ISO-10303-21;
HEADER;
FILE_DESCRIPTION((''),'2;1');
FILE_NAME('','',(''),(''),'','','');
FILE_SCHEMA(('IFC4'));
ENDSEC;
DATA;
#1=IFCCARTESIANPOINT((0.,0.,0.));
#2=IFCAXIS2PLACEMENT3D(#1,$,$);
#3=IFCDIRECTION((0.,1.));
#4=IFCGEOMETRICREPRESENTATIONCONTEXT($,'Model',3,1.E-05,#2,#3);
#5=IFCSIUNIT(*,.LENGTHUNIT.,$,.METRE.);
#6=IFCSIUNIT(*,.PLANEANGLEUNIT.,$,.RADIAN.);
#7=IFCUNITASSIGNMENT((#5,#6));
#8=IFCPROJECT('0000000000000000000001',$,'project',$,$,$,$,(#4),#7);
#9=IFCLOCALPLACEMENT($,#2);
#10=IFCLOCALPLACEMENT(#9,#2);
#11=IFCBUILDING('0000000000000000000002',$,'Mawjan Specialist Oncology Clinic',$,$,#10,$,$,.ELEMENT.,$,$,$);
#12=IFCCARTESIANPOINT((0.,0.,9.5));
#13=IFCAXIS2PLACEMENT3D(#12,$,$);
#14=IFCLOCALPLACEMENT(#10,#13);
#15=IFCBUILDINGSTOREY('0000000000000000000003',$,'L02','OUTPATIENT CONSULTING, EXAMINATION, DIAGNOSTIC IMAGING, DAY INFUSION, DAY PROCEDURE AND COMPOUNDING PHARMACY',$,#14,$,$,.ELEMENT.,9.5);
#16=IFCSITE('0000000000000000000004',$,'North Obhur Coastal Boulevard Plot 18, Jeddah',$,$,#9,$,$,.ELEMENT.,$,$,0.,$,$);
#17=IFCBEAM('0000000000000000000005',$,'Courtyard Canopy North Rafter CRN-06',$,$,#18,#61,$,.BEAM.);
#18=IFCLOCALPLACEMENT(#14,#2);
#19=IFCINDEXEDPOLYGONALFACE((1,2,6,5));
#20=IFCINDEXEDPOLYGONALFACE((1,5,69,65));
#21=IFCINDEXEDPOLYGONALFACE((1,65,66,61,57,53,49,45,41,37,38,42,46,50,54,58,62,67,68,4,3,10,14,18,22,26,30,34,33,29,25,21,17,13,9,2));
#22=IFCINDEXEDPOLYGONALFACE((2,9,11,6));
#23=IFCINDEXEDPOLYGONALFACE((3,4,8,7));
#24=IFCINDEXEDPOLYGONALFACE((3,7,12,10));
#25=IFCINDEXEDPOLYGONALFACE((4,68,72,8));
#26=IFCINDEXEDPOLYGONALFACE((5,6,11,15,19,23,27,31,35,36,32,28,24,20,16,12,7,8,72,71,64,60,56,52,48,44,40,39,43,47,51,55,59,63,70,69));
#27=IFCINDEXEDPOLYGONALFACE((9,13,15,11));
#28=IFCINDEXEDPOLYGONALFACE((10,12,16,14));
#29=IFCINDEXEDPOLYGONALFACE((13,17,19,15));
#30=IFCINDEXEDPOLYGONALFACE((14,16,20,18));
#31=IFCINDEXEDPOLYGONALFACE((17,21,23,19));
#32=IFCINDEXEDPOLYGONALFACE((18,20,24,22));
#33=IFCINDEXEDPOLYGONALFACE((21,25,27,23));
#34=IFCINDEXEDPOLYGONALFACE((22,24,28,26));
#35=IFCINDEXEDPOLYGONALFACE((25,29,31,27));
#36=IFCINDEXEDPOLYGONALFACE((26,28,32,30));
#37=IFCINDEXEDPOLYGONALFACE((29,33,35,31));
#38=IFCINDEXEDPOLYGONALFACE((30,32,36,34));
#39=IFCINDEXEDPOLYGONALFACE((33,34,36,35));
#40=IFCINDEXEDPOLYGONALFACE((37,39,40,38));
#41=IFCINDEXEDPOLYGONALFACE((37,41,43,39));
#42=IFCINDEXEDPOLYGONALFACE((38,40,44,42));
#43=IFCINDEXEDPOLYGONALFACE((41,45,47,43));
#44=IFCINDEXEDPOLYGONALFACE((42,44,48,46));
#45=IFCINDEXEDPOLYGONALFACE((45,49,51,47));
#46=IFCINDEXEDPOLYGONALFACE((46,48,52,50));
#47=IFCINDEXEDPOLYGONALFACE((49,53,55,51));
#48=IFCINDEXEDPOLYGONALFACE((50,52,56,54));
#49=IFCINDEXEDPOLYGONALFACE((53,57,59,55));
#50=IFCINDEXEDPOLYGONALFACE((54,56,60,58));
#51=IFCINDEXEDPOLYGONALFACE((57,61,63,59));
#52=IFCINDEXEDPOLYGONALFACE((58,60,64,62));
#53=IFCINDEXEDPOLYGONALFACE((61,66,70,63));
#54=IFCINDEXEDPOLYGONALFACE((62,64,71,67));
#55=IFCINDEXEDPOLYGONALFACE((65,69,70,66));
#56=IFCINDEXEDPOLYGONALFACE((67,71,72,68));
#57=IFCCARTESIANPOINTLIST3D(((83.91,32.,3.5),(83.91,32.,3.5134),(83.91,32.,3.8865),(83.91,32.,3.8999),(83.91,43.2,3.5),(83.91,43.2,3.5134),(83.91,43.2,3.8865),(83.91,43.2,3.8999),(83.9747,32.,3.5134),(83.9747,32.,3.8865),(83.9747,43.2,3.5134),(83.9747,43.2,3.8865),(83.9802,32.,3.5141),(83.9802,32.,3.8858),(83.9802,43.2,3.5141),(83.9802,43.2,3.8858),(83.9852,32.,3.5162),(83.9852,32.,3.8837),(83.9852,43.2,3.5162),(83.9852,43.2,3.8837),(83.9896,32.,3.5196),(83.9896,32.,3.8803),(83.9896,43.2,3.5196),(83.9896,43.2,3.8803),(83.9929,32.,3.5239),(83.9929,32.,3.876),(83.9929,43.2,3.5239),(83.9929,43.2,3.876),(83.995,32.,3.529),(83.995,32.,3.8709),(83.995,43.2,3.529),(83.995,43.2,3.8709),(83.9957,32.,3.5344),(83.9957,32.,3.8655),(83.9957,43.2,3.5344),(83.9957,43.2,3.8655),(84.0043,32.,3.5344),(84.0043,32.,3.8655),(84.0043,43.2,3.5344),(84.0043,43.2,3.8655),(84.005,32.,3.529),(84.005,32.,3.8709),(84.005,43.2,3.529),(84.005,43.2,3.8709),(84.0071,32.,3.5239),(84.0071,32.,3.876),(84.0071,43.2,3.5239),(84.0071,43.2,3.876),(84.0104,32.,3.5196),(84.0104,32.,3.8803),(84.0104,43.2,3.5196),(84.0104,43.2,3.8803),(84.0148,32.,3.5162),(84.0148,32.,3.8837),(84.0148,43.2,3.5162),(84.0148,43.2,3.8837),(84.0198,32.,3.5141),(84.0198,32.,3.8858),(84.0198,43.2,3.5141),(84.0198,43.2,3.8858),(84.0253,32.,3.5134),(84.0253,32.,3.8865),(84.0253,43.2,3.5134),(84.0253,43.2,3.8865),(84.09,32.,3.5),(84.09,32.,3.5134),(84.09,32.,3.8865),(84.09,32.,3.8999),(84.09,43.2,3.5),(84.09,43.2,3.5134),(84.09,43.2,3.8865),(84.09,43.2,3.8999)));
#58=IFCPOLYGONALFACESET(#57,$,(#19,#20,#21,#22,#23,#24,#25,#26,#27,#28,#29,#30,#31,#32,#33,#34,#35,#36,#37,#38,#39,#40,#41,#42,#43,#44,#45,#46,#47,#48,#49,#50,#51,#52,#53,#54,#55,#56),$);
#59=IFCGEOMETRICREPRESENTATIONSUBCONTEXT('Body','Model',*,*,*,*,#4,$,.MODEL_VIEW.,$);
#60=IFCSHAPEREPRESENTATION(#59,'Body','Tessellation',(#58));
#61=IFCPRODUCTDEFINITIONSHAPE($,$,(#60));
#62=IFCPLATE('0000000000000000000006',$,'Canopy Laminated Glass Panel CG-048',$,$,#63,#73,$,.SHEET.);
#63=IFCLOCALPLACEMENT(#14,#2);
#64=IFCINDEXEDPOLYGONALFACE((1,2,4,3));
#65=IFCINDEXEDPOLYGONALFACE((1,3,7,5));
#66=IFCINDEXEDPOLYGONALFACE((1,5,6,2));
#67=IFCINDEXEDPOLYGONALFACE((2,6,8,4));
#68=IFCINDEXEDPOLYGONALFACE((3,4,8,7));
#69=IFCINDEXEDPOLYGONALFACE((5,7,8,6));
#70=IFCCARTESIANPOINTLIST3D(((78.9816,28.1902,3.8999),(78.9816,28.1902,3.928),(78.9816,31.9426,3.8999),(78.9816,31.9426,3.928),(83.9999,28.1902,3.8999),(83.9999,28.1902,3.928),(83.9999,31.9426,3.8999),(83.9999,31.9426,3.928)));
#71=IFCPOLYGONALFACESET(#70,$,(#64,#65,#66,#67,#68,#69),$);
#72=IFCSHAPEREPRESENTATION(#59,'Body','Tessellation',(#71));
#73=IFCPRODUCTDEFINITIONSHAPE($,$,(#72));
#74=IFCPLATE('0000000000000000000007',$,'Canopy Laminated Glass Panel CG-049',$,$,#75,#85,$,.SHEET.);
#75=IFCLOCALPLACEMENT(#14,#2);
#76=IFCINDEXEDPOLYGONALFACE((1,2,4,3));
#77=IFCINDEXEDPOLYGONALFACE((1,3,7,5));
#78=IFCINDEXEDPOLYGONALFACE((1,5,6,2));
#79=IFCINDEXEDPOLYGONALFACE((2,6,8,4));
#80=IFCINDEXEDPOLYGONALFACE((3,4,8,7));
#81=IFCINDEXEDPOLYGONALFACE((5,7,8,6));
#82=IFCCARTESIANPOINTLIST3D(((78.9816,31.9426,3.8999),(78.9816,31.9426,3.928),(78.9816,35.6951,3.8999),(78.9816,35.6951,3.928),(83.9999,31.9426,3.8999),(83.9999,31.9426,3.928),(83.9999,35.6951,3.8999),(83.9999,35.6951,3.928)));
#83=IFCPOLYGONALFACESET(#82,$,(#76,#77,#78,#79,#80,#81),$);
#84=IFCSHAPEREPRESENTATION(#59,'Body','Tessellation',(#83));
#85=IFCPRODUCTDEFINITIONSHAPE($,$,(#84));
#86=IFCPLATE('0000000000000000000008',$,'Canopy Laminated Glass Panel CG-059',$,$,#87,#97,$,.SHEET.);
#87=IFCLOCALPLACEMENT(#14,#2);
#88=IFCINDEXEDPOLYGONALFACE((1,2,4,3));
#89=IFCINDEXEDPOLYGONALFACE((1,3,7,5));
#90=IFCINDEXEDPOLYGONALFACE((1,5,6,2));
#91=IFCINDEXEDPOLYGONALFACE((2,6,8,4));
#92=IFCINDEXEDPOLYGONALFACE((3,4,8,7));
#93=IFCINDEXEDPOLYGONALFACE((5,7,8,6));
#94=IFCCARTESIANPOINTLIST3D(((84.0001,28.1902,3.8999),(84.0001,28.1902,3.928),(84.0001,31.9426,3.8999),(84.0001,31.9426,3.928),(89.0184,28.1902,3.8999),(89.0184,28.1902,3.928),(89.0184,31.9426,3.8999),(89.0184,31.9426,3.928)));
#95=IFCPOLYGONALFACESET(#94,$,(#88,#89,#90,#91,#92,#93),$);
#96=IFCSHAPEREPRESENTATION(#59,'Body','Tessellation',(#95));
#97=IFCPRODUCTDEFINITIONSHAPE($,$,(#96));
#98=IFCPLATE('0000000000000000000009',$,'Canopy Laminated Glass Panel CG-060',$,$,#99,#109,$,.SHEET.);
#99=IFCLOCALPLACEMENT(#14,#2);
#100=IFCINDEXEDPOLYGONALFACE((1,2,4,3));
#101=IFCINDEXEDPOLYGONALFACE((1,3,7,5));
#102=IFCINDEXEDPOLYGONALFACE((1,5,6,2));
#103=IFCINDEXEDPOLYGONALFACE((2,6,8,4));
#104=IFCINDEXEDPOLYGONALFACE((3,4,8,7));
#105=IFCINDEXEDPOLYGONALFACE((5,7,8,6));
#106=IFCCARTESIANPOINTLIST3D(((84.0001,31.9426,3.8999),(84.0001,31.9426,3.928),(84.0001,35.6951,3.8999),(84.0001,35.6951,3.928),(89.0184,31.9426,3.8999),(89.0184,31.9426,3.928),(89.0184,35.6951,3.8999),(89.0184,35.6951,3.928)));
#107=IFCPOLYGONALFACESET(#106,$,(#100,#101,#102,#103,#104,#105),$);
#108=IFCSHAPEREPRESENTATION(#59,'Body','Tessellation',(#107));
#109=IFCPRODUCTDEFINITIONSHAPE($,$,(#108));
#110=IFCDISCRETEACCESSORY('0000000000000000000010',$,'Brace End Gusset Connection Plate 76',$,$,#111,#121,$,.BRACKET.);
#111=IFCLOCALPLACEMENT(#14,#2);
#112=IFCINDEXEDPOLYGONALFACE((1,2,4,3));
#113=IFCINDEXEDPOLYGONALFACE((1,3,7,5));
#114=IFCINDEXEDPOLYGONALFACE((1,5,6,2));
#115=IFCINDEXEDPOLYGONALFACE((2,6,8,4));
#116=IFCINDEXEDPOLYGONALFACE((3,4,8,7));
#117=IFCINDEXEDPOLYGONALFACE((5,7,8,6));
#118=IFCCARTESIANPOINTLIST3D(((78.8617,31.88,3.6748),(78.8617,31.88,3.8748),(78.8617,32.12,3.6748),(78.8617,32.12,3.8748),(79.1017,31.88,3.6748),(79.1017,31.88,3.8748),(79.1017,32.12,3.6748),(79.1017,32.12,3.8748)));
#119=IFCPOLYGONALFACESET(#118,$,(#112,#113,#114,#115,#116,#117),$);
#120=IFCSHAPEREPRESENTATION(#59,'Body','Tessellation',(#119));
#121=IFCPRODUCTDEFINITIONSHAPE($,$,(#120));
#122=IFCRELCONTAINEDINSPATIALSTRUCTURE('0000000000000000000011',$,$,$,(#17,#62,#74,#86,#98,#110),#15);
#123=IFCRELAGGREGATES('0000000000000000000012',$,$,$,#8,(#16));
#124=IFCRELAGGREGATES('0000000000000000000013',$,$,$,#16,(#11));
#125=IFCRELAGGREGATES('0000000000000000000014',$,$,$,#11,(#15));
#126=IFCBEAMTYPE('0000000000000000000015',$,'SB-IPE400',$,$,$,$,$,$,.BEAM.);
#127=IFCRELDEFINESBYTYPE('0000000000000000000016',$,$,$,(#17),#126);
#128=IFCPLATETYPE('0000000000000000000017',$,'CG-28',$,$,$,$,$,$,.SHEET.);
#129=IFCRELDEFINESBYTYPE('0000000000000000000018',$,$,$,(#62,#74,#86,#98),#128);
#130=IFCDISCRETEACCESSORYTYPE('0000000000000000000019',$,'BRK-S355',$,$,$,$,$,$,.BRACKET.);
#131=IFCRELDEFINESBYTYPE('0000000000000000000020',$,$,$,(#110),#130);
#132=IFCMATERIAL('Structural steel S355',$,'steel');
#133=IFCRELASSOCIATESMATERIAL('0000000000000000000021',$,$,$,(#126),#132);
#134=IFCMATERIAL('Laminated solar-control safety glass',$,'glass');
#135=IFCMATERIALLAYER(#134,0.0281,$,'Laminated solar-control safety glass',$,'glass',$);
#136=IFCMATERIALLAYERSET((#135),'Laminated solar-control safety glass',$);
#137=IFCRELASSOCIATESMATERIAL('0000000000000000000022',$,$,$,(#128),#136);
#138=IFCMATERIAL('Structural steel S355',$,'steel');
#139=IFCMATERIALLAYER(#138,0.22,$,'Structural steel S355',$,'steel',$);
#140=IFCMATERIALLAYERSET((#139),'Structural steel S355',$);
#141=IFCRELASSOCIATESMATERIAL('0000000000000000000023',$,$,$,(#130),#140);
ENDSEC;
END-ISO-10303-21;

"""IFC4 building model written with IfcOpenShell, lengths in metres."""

from ifc_helpers import new_model, si_unit, direction, frame, origin, origin_2d, place, context, subcontext, project, spatial, rectangle, i_section, extrude, material, layer, layer_set, material_profile, profile_set, type_object, element, save


model = new_model("IFC4")

# Units and contexts
model_context = context("Model", 3, precision=1e-05, world=origin(), true_north=direction((0.0, 1.0)))
body_context = subcontext(model_context, "Body", "Model", "MODEL_VIEW")
ifc_project = project(units=[si_unit("LENGTHUNIT", "METRE"), si_unit("PLANEANGLEUNIT", "RADIAN")], contexts=[model_context])

# Site, building, storey
site_placement = place(None, origin())
site = spatial("IfcSite", under=ifc_project, at=site_placement, Name="North Obhur Coastal Boulevard Plot 18, Jeddah", CompositionType="ELEMENT", RefElevation=0.0)
building_placement = place(site_placement, origin())
building = spatial("IfcBuilding", under=site, at=building_placement, Name="Mawjan Specialist Oncology Clinic", CompositionType="ELEMENT")
storey_placement = place(building_placement, frame((0.0, 0.0, 9.5)))
storey = spatial("IfcBuildingStorey", under=building, at=storey_placement, Name="L02", Description="OUTPATIENT CONSULTING, EXAMINATION, DIAGNOSTIC IMAGING, DAY INFUSION, DAY PROCEDURE AND COMPOUNDING PHARMACY", CompositionType="ELEMENT", Elevation=9.5)

# Beam
ifc_material_1 = material(Name="Structural steel S355", Category="steel")
ifc_material_profile_1 = material_profile(ifc_material_1, i_section(OverallWidth=0.1799, OverallDepth=0.3999, WebThickness=0.0085, FlangeThickness=0.0134, FilletRadius=0.021, at=origin_2d()), Name="IPE 400", Category="steel")
ifc_profile_set_1 = profile_set([ifc_material_profile_1], Name="Structural steel S355")
beam_type_1 = type_object("IfcBeamType", Name="SB-IPE400", PredefinedType="BEAM", material=ifc_profile_set_1)
beam_1_placement = place(storey_placement, frame((84.0, 32.0, 3.7), z_axis=(0.0, 1.0, 0.0), x_axis=(-1.0, 0.0, 0.0)))
element("IfcBeam", 1, at=beam_1_placement, inside=storey, type_object=beam_type_1, Name="Courtyard Canopy North Rafter CRN-06", PredefinedType="BEAM", context=body_context, shape_type="SweptSolid", body=[
    extrude(i_section(OverallWidth=0.1799, OverallDepth=0.3999, WebThickness=0.0085, FlangeThickness=0.0134, FilletRadius=0.021, at=origin_2d()), origin(), (0.0, 0.0, 1.0), 11.2),
])

# Plates
ifc_material_2 = material(Name="Laminated solar-control safety glass", Category="glass")
ifc_layer_1 = layer(ifc_material_2, 0.0281, Name="Laminated solar-control safety glass", Category="glass")
ifc_layer_set_1 = layer_set([ifc_layer_1], Name="Laminated solar-control safety glass")
plate_type = type_object("IfcPlateType", Name="CG-28", PredefinedType="SHEET", material=ifc_layer_set_1)
for number, where, z_axis, x_axis, name in (
    (2, (81.4907, 30.0664, 3.8999), (0.0, 0.0, 1.0), (1.0, 0.0, 0.0), "Canopy Laminated Glass Panel CG-048"),
    (3, (81.4907, 33.8188, 3.8999), (0.0, 0.0, 1.0), (1.0, 0.0, 0.0), "Canopy Laminated Glass Panel CG-049"),
    (4, (86.5093, 30.0664, 3.8999), (0.0, 0.0, 1.0), (1.0, 0.0, 0.0), "Canopy Laminated Glass Panel CG-059"),
    (5, (86.5093, 33.8188, 3.8999), (0.0, 0.0, 1.0), (1.0, 0.0, 0.0), "Canopy Laminated Glass Panel CG-060"),
):
    element("IfcPlate", number, at=place(storey_placement, frame(where, z_axis=z_axis, x_axis=x_axis)), inside=storey, type_object=plate_type, Name=name, PredefinedType="SHEET", context=body_context, shape_type="SweptSolid", body=[
        extrude(rectangle(XDim=5.0183, YDim=3.7524, at=origin_2d()), origin(), (0.0, 0.0, 1.0), 0.0281),
    ])

# Discrete accessory
ifc_material_3 = material(Name="Structural steel S355", Category="steel")
ifc_layer_2 = layer(ifc_material_3, 0.22, Name="Structural steel S355", Category="steel")
ifc_layer_set_2 = layer_set([ifc_layer_2], Name="Structural steel S355")
discrete_accessory_type = type_object("IfcDiscreteAccessoryType", Name="BRK-S355", PredefinedType="BRACKET", material=ifc_layer_set_2)
discrete_accessory_placement = place(storey_placement, frame((78.9817, 32.0, 3.6748), z_axis=(0.0, 0.0, 1.0), x_axis=(1.0, 0.0, 0.0)))
element("IfcDiscreteAccessory", 6, at=discrete_accessory_placement, inside=storey, type_object=discrete_accessory_type, Name="Brace End Gusset Connection Plate 76", PredefinedType="BRACKET", context=body_context, shape_type="SweptSolid", body=[
    extrude(rectangle(XDim=0.24, YDim=0.24, at=origin_2d()), origin(), (0.0, 0.0, 1.0), 0.2),
])

save(model, "model.ifc")
